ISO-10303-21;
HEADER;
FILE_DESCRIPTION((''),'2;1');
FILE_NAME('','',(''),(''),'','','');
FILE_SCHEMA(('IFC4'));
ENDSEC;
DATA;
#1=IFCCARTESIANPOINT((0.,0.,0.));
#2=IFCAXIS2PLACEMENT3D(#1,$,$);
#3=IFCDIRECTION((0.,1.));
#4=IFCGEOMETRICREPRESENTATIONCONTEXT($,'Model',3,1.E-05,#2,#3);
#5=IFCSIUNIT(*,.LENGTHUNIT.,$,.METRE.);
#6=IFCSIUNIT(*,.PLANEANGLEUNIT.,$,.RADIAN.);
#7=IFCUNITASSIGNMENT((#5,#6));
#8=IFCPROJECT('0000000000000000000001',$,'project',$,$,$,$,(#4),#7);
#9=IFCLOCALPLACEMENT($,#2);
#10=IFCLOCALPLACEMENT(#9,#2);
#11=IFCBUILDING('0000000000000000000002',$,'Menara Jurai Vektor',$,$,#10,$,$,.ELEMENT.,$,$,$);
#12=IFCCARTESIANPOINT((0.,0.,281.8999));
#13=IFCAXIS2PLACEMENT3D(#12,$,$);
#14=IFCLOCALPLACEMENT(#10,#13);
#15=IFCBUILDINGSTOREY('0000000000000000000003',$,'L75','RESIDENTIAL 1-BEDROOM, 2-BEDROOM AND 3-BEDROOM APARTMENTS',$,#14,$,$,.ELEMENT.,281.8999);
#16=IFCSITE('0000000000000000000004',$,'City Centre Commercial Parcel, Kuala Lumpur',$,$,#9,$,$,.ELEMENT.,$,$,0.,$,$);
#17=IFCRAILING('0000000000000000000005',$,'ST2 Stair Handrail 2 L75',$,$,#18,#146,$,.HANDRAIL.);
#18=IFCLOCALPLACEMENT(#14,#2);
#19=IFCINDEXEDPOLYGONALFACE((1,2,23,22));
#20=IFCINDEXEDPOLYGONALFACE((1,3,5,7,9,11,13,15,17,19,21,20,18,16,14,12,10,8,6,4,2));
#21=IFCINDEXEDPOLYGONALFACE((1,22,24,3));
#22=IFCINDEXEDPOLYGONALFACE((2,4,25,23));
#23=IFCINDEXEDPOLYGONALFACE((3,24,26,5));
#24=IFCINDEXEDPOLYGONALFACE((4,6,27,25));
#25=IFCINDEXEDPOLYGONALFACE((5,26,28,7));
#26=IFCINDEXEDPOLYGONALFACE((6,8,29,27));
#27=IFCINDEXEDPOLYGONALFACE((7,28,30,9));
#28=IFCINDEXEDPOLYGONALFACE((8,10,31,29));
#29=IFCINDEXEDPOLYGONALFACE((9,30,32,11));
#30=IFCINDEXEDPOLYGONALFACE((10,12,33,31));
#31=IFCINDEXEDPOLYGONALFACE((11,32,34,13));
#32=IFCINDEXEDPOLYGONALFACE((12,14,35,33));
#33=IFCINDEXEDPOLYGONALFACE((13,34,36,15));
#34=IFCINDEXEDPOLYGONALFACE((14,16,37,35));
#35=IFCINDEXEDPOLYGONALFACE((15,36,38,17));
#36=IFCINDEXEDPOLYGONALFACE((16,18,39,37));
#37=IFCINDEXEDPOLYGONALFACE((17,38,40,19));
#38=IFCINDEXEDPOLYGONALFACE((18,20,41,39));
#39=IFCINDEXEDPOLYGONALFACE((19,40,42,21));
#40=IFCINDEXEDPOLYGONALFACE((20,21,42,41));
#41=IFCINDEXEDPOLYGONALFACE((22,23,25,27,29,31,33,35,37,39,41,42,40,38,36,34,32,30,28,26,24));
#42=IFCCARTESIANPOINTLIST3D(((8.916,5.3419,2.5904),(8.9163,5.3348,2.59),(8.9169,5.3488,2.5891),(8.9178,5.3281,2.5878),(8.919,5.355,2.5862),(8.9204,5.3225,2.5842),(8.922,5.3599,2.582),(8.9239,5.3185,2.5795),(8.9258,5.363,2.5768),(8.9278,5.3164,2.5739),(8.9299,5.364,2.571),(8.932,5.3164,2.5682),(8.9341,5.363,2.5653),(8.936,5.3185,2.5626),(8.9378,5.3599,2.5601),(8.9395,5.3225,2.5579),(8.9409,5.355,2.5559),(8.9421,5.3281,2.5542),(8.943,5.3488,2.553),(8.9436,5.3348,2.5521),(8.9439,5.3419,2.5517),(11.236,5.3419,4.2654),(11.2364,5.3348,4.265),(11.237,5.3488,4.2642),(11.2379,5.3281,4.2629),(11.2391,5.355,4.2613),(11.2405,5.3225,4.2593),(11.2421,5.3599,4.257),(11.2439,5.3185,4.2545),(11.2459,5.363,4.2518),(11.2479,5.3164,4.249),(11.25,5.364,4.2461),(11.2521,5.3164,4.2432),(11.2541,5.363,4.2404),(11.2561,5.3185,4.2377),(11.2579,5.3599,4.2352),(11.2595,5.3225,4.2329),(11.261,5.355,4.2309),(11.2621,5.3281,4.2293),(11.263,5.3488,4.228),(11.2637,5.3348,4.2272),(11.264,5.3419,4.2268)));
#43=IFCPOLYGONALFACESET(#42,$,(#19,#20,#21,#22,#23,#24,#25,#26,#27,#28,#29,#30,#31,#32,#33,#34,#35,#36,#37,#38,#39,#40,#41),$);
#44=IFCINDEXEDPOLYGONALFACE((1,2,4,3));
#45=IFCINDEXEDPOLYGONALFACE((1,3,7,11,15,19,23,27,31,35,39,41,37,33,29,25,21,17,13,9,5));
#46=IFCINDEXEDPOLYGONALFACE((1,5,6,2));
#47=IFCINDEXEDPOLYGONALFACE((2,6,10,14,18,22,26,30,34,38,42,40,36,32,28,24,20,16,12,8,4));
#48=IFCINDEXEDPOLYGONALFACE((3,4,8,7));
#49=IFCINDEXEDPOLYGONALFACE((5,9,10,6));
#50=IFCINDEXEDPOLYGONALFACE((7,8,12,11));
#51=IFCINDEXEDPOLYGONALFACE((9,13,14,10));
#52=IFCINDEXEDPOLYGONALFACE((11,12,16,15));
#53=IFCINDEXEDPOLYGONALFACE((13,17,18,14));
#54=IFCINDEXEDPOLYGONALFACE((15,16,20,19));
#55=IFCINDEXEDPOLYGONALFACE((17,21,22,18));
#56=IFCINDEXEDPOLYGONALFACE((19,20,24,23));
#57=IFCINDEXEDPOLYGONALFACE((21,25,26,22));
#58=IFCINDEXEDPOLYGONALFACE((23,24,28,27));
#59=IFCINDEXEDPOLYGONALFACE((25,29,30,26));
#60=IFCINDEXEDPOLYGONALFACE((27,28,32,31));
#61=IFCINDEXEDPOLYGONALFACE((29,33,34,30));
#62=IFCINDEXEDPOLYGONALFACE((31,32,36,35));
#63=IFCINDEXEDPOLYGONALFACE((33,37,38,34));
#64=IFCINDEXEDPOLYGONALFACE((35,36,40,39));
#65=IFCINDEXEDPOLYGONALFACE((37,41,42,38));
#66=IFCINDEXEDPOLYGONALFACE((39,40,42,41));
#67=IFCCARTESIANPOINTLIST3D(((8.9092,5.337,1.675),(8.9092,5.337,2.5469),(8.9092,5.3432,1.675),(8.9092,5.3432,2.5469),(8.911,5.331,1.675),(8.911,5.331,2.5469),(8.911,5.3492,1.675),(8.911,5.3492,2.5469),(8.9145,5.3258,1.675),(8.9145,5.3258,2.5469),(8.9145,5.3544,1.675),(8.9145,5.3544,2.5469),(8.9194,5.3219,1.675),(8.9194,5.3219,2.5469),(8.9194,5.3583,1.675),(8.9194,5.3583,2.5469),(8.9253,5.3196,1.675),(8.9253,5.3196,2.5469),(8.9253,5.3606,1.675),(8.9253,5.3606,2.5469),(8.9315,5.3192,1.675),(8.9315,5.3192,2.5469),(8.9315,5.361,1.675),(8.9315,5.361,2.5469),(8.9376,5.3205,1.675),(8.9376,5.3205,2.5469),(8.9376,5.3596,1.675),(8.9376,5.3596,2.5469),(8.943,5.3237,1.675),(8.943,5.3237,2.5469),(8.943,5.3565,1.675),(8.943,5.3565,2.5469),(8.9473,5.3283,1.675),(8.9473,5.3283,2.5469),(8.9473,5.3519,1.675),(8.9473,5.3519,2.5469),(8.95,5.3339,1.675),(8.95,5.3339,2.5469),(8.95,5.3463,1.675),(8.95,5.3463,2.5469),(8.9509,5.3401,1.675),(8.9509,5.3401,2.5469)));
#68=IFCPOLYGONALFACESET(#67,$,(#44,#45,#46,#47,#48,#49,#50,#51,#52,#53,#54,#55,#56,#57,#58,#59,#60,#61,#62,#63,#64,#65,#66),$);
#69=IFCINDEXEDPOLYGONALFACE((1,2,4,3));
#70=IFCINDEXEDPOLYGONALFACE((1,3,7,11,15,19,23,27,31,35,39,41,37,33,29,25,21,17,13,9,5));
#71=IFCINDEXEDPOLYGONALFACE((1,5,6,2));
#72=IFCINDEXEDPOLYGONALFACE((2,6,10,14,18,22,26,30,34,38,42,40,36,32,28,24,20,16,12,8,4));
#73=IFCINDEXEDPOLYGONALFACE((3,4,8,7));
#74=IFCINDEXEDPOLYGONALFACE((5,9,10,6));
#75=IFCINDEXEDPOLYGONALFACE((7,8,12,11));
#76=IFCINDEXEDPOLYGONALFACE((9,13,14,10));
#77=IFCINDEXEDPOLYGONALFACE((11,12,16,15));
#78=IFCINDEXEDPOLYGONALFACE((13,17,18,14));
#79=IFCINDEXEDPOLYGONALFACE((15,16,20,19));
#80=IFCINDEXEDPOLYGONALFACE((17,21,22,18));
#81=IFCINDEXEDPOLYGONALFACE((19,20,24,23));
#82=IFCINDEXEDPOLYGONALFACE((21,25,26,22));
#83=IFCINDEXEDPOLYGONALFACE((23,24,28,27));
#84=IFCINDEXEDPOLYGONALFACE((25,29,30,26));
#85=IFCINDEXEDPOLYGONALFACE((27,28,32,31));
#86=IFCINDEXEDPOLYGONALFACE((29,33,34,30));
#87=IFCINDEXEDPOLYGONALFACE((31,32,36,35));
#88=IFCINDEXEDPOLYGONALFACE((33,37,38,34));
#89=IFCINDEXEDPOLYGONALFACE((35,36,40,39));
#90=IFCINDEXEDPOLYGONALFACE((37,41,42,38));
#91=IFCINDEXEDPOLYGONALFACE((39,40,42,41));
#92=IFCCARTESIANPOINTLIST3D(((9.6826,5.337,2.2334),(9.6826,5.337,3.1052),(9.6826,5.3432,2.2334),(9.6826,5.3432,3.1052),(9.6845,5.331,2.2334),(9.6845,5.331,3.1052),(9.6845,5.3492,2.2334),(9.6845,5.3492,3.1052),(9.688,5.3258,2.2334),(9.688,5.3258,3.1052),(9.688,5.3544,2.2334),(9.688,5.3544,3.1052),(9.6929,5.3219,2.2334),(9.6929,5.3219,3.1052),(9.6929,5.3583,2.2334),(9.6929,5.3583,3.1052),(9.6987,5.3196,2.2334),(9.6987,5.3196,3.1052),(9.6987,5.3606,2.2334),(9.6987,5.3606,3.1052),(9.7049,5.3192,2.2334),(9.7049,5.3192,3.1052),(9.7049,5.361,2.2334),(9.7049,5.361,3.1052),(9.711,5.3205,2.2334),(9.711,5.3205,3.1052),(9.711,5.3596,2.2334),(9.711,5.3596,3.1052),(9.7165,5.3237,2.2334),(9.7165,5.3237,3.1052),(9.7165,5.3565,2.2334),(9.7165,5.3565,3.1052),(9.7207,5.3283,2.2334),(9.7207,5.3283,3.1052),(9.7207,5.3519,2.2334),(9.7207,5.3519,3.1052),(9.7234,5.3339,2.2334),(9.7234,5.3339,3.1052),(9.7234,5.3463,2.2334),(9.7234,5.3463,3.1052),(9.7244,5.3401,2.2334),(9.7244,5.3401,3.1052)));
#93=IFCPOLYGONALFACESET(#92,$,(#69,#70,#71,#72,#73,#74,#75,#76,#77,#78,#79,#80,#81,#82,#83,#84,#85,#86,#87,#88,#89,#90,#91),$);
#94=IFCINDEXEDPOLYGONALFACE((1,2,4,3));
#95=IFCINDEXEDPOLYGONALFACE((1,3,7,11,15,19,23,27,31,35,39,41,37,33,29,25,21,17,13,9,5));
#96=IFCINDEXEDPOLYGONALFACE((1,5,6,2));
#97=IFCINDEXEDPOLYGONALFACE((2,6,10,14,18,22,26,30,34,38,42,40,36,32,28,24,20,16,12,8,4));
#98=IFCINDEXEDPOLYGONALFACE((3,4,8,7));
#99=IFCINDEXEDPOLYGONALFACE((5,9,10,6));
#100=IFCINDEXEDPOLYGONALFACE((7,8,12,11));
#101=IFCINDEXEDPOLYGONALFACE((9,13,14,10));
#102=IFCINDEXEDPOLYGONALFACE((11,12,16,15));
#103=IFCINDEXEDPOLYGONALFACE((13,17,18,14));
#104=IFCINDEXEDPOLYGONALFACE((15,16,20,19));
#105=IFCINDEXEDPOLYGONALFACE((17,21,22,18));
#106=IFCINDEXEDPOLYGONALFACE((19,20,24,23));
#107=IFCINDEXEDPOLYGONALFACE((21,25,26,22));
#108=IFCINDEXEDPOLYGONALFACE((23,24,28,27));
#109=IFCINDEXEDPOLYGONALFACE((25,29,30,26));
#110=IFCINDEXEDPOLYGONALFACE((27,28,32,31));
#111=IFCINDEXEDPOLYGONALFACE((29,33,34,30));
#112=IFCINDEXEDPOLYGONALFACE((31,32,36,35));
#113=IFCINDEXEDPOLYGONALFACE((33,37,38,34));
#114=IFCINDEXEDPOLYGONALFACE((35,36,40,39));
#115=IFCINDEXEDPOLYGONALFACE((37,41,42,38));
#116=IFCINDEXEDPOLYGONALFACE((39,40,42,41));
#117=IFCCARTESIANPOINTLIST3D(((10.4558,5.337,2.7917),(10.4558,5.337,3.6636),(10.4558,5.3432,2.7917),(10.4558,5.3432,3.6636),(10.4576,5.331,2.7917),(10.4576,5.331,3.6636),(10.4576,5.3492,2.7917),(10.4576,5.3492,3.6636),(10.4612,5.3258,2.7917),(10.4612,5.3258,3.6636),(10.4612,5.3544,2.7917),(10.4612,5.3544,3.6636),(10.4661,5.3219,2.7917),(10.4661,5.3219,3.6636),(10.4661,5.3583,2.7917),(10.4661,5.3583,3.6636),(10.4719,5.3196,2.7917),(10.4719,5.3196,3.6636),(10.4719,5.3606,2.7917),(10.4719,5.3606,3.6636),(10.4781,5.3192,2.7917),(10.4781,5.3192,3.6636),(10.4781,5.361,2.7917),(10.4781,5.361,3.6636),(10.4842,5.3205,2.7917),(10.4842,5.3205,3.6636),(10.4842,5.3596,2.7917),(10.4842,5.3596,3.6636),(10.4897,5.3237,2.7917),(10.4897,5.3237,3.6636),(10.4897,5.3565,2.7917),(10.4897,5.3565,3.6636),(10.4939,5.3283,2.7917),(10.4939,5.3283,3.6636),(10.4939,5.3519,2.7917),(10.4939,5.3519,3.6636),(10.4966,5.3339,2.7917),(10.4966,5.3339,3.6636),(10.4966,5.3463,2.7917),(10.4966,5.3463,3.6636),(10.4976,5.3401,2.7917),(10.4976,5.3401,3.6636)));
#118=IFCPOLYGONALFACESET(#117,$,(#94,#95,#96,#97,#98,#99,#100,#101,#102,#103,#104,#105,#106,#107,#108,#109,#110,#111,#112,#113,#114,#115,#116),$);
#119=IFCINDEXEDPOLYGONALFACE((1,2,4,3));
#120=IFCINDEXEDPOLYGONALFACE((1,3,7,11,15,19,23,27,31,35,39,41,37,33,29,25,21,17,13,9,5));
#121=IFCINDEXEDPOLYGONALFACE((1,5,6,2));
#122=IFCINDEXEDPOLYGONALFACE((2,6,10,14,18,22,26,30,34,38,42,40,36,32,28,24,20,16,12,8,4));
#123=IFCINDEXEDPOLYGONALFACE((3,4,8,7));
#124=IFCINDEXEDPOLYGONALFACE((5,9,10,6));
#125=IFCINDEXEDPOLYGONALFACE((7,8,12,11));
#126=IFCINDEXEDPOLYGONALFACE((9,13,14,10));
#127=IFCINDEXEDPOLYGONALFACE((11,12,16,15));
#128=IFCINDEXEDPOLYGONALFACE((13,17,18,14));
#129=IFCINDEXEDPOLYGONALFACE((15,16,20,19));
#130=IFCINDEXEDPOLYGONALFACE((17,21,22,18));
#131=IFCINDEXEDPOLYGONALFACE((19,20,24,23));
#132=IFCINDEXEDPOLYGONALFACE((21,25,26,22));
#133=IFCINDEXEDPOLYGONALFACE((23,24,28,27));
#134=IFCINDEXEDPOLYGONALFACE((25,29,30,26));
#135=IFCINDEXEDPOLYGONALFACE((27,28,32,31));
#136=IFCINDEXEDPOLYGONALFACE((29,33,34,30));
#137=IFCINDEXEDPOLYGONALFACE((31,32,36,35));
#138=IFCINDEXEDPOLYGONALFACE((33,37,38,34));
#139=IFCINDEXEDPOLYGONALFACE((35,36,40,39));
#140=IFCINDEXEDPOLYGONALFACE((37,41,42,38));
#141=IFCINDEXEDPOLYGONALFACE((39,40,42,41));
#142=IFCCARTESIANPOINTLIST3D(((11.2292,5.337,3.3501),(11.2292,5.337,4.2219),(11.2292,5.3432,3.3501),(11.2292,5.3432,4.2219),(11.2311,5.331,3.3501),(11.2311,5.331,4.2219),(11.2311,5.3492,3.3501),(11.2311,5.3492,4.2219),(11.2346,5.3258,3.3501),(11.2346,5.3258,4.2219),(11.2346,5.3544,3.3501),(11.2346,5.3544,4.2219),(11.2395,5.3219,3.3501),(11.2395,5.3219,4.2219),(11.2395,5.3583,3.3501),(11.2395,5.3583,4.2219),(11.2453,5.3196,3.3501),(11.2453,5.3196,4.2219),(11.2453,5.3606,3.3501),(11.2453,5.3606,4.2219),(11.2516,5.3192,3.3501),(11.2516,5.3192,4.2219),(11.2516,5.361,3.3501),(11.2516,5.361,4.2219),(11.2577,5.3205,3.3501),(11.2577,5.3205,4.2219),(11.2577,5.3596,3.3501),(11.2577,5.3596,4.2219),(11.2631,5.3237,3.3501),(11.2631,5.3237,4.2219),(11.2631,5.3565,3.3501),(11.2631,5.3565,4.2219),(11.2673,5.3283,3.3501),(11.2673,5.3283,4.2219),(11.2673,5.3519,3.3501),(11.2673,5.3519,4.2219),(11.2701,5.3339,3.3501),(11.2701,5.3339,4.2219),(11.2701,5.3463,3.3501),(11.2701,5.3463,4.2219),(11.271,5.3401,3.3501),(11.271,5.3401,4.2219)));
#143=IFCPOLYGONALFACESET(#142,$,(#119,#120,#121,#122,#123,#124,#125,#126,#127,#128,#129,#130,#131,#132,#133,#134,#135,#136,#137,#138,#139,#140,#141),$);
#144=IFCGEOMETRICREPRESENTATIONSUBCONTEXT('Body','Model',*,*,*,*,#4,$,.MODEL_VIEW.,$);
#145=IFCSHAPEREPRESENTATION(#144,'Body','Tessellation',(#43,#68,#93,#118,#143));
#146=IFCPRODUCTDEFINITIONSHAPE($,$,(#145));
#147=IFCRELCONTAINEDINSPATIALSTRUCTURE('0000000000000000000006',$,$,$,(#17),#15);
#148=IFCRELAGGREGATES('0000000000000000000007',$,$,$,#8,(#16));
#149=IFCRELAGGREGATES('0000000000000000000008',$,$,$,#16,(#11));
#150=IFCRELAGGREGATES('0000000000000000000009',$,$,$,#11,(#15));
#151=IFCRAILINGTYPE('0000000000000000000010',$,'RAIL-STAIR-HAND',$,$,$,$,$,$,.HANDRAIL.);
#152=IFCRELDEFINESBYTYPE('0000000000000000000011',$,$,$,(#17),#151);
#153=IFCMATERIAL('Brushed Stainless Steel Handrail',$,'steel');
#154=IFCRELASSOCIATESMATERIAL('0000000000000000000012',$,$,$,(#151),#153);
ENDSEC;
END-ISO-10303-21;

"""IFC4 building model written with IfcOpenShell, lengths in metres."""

from ifc_helpers import new_model, si_unit, direction, frame, origin, origin_2d, place, context, subcontext, project, spatial, circle, extrude, material, type_object, element, save


model = new_model("IFC4")

# Units and contexts
model_context = context("Model", 3, precision=1e-05, world=origin(), true_north=direction((0.0, 1.0)))
body_context = subcontext(model_context, "Body", "Model", "MODEL_VIEW")
ifc_project = project(units=[si_unit("LENGTHUNIT", "METRE"), si_unit("PLANEANGLEUNIT", "RADIAN")], contexts=[model_context])

# Site, building, storey
site_placement = place(None, origin())
site = spatial("IfcSite", under=ifc_project, at=site_placement, Name="City Centre Commercial Parcel, Kuala Lumpur", CompositionType="ELEMENT", RefElevation=0.0)
building_placement = place(site_placement, origin())
building = spatial("IfcBuilding", under=site, at=building_placement, Name="Menara Jurai Vektor", CompositionType="ELEMENT")
storey_placement = place(building_placement, frame((0.0, 0.0, 281.8999)))
storey = spatial("IfcBuildingStorey", under=building, at=storey_placement, Name="L75", Description="RESIDENTIAL 1-BEDROOM, 2-BEDROOM AND 3-BEDROOM APARTMENTS", CompositionType="ELEMENT", Elevation=281.8999)

# Railing
ifc_material_1 = material(Name="Brushed Stainless Steel Handrail", Category="steel")
railing_type_1 = type_object("IfcRailingType", Name="RAIL-STAIR-HAND", PredefinedType="HANDRAIL", material=ifc_material_1)
railing_1_placement = place(storey_placement, frame((8.9299, 5.3401, 1.675)))
element("IfcRailing", 1, at=railing_1_placement, inside=storey, type_object=railing_type_1, Name="ST2 Stair Handrail 2 L75", PredefinedType="HANDRAIL", context=body_context, shape_type="SweptSolid", body=[
    extrude(circle(Radius=0.0239, at=origin_2d()), frame((0.0, 0.0, 0.896), z_axis=(0.810771, 0.0, 0.585363), x_axis=(0.0, 1.0, 0.0)), (0.0, 0.0, 1.0), 2.8616),
    extrude(circle(Radius=0.021, at=origin_2d()), origin(), (0.0, 0.0, 1.0), 0.8718),
    extrude(circle(Radius=0.021, at=origin_2d()), frame((0.7734, 0.0, 0.5583)), (0.0, 0.0, 1.0), 0.8718),
    extrude(circle(Radius=0.021, at=origin_2d()), frame((1.5466, 0.0, 1.1167)), (0.0, 0.0, 1.0), 0.8718),
    extrude(circle(Radius=0.021, at=origin_2d()), frame((2.3201, 0.0, 1.675)), (0.0, 0.0, 1.0), 0.8718),
])

save(model, "model.ifc")
